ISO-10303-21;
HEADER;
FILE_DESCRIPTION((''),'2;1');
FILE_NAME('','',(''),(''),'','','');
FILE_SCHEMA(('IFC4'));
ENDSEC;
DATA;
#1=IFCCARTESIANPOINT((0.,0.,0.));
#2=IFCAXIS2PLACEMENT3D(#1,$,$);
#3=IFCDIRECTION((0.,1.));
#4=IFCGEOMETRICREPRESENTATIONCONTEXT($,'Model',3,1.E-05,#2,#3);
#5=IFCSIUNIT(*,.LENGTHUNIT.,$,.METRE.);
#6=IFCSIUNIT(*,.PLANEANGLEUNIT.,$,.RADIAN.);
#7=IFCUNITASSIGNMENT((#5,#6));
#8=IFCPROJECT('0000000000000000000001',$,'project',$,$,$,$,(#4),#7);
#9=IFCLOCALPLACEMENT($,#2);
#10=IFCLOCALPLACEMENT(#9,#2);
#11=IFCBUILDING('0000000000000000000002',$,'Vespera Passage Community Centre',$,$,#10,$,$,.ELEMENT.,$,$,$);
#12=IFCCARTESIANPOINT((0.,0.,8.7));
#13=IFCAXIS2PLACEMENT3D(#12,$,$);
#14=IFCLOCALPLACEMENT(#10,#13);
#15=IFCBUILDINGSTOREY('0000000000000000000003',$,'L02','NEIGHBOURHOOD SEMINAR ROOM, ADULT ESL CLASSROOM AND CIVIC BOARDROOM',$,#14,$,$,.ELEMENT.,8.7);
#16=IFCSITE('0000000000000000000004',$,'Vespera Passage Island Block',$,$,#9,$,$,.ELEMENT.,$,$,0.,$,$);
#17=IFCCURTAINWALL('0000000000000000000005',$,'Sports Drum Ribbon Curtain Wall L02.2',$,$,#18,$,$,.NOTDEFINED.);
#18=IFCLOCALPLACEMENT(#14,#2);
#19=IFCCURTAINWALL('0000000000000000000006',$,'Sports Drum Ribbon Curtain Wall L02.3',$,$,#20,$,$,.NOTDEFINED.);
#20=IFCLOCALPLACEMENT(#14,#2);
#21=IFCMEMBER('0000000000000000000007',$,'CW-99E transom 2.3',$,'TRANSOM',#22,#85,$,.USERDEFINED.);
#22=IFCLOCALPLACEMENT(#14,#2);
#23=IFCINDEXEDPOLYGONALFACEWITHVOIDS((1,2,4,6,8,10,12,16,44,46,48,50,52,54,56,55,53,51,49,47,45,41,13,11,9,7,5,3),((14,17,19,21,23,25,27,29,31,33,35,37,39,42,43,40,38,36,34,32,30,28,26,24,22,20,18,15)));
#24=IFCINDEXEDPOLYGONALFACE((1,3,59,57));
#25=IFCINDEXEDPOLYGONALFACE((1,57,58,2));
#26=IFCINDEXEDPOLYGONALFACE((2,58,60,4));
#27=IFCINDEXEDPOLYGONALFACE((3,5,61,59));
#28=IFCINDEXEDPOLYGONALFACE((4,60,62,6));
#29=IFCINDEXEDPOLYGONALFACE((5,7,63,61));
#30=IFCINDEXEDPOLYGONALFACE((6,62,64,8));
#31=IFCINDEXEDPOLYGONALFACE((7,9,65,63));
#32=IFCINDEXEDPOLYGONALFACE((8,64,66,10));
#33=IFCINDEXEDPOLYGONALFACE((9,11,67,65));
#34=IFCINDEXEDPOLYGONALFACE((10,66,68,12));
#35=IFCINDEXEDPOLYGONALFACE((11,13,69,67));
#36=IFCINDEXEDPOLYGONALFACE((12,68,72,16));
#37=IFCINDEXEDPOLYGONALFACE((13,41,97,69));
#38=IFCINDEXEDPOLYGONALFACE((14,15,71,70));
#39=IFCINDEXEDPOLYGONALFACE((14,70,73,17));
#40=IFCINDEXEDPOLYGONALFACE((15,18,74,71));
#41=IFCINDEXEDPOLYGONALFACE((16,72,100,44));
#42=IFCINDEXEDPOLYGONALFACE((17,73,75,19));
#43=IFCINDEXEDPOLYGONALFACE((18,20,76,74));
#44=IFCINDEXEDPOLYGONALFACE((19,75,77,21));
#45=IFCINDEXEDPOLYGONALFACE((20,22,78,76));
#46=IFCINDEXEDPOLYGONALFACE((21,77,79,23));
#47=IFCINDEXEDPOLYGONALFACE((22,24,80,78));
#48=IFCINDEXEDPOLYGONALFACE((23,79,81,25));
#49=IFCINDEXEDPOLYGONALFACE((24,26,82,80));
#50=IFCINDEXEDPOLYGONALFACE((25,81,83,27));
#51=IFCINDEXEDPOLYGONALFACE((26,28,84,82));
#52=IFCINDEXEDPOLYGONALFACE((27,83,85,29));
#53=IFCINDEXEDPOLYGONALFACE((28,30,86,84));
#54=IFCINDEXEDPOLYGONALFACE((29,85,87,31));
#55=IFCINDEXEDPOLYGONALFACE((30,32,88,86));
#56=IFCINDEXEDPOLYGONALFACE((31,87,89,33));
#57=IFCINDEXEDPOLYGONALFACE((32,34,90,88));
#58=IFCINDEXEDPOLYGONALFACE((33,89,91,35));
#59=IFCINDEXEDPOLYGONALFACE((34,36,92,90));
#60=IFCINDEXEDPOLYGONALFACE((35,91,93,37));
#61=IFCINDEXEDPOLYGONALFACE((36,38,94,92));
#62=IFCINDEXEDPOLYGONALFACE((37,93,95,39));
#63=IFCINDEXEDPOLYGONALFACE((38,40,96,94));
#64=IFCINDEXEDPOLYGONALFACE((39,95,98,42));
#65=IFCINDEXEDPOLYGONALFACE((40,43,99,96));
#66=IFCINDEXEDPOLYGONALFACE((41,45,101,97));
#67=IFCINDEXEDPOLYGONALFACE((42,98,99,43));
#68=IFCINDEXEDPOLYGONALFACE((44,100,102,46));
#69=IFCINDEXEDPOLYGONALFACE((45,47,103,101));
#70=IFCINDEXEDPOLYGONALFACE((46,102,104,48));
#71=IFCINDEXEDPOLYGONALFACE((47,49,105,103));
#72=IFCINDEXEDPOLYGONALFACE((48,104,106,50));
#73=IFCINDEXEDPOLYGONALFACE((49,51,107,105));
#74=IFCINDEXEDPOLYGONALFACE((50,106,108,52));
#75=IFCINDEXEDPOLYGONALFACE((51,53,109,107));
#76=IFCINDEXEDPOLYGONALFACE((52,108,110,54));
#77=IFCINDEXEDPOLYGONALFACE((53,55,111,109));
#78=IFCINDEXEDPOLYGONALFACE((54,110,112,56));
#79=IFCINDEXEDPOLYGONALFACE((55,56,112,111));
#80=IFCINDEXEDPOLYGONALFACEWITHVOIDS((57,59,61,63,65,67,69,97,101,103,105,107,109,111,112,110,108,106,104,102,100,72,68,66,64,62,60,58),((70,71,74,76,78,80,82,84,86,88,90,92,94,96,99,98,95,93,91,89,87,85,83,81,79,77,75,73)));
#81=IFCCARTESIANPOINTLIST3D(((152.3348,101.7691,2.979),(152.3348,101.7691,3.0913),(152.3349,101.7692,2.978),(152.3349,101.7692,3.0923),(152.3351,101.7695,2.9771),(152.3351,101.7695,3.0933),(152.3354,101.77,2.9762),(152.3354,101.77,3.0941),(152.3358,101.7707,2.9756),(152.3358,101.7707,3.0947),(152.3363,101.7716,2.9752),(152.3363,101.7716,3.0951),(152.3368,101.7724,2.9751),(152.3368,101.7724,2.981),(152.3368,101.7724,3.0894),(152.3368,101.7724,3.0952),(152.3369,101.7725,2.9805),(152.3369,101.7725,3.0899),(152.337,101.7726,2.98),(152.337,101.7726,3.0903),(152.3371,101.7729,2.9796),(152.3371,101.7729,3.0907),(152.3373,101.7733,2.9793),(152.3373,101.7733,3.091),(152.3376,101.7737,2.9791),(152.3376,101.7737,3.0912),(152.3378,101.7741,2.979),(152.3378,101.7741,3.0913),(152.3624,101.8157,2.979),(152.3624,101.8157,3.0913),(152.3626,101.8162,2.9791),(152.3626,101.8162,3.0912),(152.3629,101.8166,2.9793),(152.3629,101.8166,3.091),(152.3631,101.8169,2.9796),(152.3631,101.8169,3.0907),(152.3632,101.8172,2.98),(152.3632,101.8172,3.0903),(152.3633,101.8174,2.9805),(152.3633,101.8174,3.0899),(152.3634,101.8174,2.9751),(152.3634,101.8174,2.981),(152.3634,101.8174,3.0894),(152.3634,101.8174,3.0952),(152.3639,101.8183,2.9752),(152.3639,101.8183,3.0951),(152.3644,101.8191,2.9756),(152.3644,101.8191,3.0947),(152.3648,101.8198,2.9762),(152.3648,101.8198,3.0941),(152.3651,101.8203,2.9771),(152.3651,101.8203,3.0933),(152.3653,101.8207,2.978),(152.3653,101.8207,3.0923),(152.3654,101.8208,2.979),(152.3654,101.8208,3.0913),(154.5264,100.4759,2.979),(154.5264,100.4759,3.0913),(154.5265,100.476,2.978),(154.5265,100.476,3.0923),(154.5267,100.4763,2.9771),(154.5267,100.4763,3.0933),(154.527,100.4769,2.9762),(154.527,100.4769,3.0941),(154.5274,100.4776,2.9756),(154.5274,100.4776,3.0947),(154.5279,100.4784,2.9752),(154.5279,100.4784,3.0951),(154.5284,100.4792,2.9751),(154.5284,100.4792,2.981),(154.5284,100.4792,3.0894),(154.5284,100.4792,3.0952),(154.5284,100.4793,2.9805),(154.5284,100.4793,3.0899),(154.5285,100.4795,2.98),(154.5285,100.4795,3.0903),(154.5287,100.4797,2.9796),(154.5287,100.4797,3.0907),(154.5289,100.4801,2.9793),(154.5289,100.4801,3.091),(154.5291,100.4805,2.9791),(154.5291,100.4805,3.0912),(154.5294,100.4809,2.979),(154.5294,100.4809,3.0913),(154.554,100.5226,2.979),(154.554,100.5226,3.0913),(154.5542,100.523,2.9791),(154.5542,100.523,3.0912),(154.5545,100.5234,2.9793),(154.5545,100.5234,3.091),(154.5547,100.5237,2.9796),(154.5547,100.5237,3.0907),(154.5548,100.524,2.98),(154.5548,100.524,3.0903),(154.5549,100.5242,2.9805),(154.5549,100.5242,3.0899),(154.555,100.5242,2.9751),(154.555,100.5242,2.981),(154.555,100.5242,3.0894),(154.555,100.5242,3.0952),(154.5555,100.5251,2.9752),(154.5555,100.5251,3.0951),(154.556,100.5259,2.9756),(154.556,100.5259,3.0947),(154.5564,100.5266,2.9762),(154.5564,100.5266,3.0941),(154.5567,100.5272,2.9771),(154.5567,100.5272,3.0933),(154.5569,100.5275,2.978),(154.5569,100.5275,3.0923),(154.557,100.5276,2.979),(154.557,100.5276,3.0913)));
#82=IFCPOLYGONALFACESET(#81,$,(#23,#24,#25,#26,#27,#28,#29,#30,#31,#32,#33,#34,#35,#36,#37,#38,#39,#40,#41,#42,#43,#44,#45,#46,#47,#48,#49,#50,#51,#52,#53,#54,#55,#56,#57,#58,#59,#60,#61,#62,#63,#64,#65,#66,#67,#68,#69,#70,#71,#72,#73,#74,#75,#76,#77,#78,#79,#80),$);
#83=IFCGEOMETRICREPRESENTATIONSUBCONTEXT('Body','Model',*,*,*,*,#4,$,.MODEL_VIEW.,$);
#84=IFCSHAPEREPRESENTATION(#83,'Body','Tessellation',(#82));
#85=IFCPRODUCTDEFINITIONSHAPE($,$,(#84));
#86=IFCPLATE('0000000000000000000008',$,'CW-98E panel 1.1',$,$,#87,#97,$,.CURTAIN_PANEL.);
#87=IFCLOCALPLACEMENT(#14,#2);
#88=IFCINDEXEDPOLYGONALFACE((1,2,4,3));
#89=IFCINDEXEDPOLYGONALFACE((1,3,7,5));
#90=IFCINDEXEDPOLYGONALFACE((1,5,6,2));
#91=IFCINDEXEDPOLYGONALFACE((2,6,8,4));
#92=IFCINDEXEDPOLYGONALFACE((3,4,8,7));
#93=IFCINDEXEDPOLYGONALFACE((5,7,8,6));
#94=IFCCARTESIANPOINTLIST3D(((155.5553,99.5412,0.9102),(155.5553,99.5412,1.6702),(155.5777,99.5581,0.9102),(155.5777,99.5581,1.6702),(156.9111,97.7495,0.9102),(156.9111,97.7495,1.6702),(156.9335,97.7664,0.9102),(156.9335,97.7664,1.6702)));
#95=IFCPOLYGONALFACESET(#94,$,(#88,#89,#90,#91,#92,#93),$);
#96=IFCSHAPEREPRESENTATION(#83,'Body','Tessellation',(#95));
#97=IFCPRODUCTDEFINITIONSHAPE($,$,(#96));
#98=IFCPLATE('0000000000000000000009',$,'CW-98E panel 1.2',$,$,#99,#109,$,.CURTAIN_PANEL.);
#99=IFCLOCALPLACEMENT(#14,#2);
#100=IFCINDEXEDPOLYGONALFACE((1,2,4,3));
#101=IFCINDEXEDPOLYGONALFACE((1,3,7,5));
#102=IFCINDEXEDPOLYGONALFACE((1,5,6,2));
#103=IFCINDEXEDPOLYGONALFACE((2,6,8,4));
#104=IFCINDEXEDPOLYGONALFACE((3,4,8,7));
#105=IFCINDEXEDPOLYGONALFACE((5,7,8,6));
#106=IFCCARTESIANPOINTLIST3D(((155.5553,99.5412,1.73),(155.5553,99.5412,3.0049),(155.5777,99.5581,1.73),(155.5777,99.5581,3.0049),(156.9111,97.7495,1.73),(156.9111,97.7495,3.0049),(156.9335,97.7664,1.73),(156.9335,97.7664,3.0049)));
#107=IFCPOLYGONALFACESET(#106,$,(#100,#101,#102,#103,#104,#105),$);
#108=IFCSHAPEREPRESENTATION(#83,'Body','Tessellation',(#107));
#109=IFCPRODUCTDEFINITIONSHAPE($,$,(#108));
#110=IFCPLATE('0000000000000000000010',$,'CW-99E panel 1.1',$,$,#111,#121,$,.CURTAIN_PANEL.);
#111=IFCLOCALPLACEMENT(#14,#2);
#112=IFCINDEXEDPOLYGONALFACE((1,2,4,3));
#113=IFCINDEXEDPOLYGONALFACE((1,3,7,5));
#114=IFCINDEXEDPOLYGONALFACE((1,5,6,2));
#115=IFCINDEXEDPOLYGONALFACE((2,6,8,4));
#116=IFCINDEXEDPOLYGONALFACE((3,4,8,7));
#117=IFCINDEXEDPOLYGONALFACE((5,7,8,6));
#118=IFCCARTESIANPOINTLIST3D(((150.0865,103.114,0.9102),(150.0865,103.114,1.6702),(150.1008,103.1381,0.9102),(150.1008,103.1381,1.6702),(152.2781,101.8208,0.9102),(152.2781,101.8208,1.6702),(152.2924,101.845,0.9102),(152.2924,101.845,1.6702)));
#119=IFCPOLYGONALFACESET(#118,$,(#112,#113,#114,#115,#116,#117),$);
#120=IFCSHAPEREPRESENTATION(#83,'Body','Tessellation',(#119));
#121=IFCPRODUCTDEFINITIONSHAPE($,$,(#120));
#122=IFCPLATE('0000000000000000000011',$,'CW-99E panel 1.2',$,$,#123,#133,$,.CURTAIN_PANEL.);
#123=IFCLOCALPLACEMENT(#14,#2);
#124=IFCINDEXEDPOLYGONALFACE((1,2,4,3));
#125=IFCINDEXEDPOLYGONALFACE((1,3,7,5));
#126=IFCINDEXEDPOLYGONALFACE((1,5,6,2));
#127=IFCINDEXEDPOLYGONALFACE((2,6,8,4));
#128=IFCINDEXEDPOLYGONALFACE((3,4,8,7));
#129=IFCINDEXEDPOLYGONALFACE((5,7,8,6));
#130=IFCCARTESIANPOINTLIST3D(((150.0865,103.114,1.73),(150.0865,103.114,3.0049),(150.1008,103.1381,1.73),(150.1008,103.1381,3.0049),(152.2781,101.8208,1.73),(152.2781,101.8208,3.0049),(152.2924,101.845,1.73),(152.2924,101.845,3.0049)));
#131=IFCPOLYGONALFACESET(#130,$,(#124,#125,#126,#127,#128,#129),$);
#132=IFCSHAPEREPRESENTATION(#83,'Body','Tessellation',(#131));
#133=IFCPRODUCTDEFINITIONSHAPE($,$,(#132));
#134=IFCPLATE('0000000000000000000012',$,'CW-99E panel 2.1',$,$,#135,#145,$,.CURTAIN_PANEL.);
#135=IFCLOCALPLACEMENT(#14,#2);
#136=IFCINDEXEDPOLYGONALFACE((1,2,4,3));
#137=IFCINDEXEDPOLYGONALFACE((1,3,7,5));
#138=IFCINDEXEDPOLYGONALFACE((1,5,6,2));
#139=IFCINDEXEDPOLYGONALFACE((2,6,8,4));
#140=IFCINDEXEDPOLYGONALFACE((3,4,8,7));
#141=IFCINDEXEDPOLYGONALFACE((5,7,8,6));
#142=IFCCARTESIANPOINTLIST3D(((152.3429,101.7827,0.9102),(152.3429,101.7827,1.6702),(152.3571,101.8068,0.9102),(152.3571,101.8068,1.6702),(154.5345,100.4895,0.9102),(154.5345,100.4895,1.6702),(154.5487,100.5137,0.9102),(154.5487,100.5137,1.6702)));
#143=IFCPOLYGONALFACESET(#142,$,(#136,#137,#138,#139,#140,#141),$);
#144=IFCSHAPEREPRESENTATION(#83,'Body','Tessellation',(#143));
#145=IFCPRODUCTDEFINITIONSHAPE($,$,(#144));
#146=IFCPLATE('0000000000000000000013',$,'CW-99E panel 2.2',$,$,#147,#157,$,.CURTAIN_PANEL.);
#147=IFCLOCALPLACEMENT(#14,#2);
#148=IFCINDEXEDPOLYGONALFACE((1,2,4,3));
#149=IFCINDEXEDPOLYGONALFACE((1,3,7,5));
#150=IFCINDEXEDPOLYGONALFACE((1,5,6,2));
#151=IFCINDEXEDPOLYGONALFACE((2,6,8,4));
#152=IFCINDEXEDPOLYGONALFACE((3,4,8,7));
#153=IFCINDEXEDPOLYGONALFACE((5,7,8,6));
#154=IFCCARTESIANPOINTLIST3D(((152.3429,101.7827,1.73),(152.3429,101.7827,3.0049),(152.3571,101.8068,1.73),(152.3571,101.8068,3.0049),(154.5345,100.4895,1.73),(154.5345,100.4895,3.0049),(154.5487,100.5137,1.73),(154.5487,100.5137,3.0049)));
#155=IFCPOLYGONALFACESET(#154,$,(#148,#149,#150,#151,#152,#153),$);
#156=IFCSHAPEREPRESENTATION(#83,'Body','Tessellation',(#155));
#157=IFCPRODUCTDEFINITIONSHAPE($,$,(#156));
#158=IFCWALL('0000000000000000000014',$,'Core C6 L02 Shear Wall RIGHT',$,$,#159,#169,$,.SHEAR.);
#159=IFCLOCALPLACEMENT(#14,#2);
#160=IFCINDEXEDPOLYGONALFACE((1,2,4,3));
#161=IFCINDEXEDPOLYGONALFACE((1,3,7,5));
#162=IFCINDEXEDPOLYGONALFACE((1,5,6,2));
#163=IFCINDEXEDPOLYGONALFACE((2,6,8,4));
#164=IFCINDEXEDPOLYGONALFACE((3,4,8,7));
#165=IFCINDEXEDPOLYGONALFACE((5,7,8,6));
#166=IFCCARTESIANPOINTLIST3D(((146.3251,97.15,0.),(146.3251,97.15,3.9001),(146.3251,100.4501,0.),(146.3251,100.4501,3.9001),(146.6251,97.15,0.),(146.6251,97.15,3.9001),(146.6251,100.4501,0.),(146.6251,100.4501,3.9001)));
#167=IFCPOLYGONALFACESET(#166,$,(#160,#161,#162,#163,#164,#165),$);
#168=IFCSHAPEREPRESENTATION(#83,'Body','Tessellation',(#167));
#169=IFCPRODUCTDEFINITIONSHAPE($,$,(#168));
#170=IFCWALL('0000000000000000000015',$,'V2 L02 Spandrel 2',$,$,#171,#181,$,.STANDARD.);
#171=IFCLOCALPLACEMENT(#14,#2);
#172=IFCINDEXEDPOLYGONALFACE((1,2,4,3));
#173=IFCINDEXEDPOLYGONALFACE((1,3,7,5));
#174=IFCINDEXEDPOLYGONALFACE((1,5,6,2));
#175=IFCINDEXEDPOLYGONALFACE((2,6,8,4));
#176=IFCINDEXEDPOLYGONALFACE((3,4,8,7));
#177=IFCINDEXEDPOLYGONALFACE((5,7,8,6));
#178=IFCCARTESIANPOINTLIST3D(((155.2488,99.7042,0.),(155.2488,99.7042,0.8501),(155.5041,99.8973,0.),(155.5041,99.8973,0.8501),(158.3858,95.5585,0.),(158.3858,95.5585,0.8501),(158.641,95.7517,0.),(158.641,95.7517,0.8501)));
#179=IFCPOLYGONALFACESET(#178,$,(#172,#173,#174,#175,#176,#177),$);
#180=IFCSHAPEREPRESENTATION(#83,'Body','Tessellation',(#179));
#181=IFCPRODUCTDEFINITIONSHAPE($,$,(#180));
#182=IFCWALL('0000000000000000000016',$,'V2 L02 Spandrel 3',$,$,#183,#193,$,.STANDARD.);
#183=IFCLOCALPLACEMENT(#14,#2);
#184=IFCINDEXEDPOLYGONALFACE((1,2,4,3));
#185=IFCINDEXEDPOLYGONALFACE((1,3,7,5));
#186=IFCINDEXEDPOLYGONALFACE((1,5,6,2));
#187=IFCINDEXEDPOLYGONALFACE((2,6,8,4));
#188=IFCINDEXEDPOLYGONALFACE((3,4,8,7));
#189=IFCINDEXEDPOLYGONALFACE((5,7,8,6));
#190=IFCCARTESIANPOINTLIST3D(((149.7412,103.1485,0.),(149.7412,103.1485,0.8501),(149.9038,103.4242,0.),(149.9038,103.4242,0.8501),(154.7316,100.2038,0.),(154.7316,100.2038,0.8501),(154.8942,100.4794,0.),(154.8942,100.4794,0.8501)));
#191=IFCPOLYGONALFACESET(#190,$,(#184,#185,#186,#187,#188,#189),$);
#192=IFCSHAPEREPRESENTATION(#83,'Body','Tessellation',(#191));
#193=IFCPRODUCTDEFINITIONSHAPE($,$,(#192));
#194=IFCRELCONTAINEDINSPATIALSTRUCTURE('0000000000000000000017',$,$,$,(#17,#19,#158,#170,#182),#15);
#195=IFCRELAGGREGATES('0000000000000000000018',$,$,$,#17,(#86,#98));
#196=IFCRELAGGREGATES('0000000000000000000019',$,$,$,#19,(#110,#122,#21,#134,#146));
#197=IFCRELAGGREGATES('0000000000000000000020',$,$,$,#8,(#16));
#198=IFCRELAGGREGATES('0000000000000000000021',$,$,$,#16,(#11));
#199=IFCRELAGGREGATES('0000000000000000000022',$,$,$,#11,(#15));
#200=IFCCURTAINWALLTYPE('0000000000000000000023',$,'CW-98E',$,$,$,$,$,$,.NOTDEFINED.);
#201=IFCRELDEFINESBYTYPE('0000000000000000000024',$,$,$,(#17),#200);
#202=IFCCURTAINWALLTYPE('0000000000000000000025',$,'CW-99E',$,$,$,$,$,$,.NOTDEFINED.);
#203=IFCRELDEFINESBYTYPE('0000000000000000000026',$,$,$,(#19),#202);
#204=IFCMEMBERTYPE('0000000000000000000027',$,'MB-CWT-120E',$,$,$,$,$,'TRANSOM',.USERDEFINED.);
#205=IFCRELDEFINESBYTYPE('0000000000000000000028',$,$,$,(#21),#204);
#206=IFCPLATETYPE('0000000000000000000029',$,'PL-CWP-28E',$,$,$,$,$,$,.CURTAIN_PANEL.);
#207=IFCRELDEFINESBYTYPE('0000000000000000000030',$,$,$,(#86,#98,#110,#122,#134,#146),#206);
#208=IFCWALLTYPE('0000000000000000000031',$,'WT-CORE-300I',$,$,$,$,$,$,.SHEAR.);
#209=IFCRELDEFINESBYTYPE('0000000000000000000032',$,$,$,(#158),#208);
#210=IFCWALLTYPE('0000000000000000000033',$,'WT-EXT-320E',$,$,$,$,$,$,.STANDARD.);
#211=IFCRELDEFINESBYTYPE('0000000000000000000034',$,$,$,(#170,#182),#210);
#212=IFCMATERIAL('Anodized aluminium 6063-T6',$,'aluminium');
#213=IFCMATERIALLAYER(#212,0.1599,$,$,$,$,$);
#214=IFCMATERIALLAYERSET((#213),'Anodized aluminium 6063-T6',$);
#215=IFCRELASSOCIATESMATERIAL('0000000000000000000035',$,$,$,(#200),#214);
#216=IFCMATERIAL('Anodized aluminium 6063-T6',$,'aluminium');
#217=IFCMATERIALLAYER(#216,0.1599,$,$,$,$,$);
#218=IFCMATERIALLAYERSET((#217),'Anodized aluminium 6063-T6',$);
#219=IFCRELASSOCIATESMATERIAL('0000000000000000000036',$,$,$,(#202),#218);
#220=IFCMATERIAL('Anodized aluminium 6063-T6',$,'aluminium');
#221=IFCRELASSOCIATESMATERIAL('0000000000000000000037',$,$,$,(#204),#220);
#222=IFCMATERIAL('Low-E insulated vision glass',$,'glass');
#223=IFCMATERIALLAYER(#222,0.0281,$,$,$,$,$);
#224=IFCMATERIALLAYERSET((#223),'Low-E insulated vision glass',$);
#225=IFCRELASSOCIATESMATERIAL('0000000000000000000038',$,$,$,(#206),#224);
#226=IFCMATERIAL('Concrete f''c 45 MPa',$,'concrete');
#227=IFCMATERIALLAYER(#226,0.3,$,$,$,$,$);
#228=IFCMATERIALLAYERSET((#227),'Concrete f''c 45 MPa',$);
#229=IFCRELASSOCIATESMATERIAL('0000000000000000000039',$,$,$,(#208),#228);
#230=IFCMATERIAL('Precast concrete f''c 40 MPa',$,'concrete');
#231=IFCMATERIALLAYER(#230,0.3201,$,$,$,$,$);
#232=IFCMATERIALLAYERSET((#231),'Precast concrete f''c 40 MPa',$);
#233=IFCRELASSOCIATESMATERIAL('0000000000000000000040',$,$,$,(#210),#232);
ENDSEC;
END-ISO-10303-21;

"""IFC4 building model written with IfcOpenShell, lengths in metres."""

from ifc_helpers import new_model, si_unit, direction, frame, frame_2d, origin, origin_2d, place, context, subcontext, project, spatial, rectangle, hollow_rectangle, extrude, material, layer, layer_set, material_profile, profile_set, type_object, element, aggregate, save


model = new_model("IFC4")

# Units and contexts
model_context = context("Model", 3, precision=1e-05, world=origin(), true_north=direction((0.0, 1.0)))
body_context = subcontext(model_context, "Body", "Model", "MODEL_VIEW")
ifc_project = project(units=[si_unit("LENGTHUNIT", "METRE"), si_unit("PLANEANGLEUNIT", "RADIAN")], contexts=[model_context])

# Site, building, storey
site_placement = place(None, origin())
site = spatial("IfcSite", under=ifc_project, at=site_placement, Name="Vespera Passage Island Block", CompositionType="ELEMENT", RefElevation=0.0)
building_placement = place(site_placement, origin())
building = spatial("IfcBuilding", under=site, at=building_placement, Name="Vespera Passage Community Centre", CompositionType="ELEMENT")
storey_placement = place(building_placement, frame((0.0, 0.0, 8.7)))
storey = spatial("IfcBuildingStorey", under=building, at=storey_placement, Name="L02", Description="NEIGHBOURHOOD SEMINAR ROOM, ADULT ESL CLASSROOM AND CIVIC BOARDROOM", CompositionType="ELEMENT", Elevation=8.7)

# Curtain walls
ifc_material_1 = material(Name="Anodized aluminium 6063-T6", Category="aluminium")
ifc_layer_1 = layer(ifc_material_1, 0.1599)
ifc_layer_set_1 = layer_set([ifc_layer_1], Name="Anodized aluminium 6063-T6")
curtain_wall_type_1 = type_object("IfcCurtainWallType", Name="CW-98E", PredefinedType="NOTDEFINED", material=ifc_layer_set_1)
curtain_wall_1_placement = place(storey_placement, origin())
curtain_wall_1 = element("IfcCurtainWall", 1, at=curtain_wall_1_placement, inside=storey, type_object=curtain_wall_type_1, Name="Sports Drum Ribbon Curtain Wall L02.2", PredefinedType="NOTDEFINED")
ifc_material_2 = material(Name="Anodized aluminium 6063-T6", Category="aluminium")
ifc_layer_2 = layer(ifc_material_2, 0.1599)
ifc_layer_set_2 = layer_set([ifc_layer_2], Name="Anodized aluminium 6063-T6")
curtain_wall_type_2 = type_object("IfcCurtainWallType", Name="CW-99E", PredefinedType="NOTDEFINED", material=ifc_layer_set_2)
curtain_wall_2_placement = place(storey_placement, origin())
curtain_wall_2 = element("IfcCurtainWall", 2, at=curtain_wall_2_placement, inside=storey, type_object=curtain_wall_type_2, Name="Sports Drum Ribbon Curtain Wall L02.3", PredefinedType="NOTDEFINED")

# Member
ifc_material_3 = material(Name="Anodized aluminium 6063-T6", Category="aluminium")
ifc_material_profile_1 = material_profile(ifc_material_3, hollow_rectangle(XDim=0.0601, YDim=0.1201, WallThickness=0.0039, InnerFilletRadius=0.002, OuterFilletRadius=0.0039, at=origin_2d()), Name="ALU120X60X4")
ifc_profile_set_1 = profile_set([ifc_material_profile_1], Name="Anodized aluminium 6063-T6")
member_type_1 = type_object("IfcMemberType", Name="MB-CWT-120E", ElementType="TRANSOM", PredefinedType="USERDEFINED", material=ifc_profile_set_1)
member_1_placement = place(storey_placement, frame((152.3501, 101.7949, 3.0352), z_axis=(0.861245, -0.508189, 0.0), x_axis=(0.508189, 0.861245, 0.0)))
member_1 = element("IfcMember", 3, at=member_1_placement, type_object=member_type_1, Name="CW-99E transom 2.3", ObjectType="TRANSOM", PredefinedType="USERDEFINED", context=body_context, shape_type="SweptSolid", body=[
    extrude(hollow_rectangle(XDim=0.0601, YDim=0.1201, WallThickness=0.0039, InnerFilletRadius=0.002, OuterFilletRadius=0.0039, at=origin_2d()), origin(), (0.0, 0.0, 1.0), 2.5447),
])

# Plates
ifc_material_4 = material(Name="Low-E insulated vision glass", Category="glass")
ifc_layer_3 = layer(ifc_material_4, 0.0281)
ifc_layer_set_3 = layer_set([ifc_layer_3], Name="Low-E insulated vision glass")
plate_type = type_object("IfcPlateType", Name="PL-CWP-28E", PredefinedType="CURTAIN_PANEL", material=ifc_layer_set_3)
plate_1_placement = place(storey_placement, frame((156.2444, 98.6538, 0.9102), z_axis=(0.0, 0.0, 1.0), x_axis=(0.603406, -0.797434, 0.0)))
plate_1 = element("IfcPlate", 4, at=plate_1_placement, type_object=plate_type, Name="CW-98E panel 1.1", PredefinedType="CURTAIN_PANEL", context=body_context, shape_type="SweptSolid", body=[
    extrude(rectangle(XDim=2.2468, YDim=0.0281, at=origin_2d()), origin(), (0.0, 0.0, 1.0), 0.76),
])
plate_2_placement = place(storey_placement, frame((156.2444, 98.6538, 1.73), z_axis=(0.0, 0.0, 1.0), x_axis=(0.603406, -0.797434, 0.0)))
plate_2 = element("IfcPlate", 5, at=plate_2_placement, type_object=plate_type, Name="CW-98E panel 1.2", PredefinedType="CURTAIN_PANEL", context=body_context, shape_type="SweptSolid", body=[
    extrude(rectangle(XDim=2.2468, YDim=0.0281, at=origin_2d()), origin(), (0.0, 0.0, 1.0), 1.2749),
])
aggregate(curtain_wall_1, [plate_1, plate_2])
plate_3_placement = place(storey_placement, frame((151.1895, 102.4795, 0.9102), z_axis=(0.0, 0.0, 1.0), x_axis=(0.861257, -0.50817, 0.0)))
plate_3 = element("IfcPlate", 6, at=plate_3_placement, type_object=plate_type, Name="CW-99E panel 1.1", PredefinedType="CURTAIN_PANEL", context=body_context, shape_type="SweptSolid", body=[
    extrude(rectangle(XDim=2.5447, YDim=0.0281, at=origin_2d()), origin(), (0.0, 0.0, 1.0), 0.76),
])
plate_4_placement = place(storey_placement, frame((151.1895, 102.4795, 1.73), z_axis=(0.0, 0.0, 1.0), x_axis=(0.861257, -0.50817, 0.0)))
plate_4 = element("IfcPlate", 7, at=plate_4_placement, type_object=plate_type, Name="CW-99E panel 1.2", PredefinedType="CURTAIN_PANEL", context=body_context, shape_type="SweptSolid", body=[
    extrude(rectangle(XDim=2.5447, YDim=0.0281, at=origin_2d()), origin(), (0.0, 0.0, 1.0), 1.2749),
])
plate_5_placement = place(storey_placement, frame((153.4458, 101.1482, 0.9102), z_axis=(0.0, 0.0, 1.0), x_axis=(0.861257, -0.50817, 0.0)))
plate_5 = element("IfcPlate", 8, at=plate_5_placement, type_object=plate_type, Name="CW-99E panel 2.1", PredefinedType="CURTAIN_PANEL", context=body_context, shape_type="SweptSolid", body=[
    extrude(rectangle(XDim=2.5447, YDim=0.0281, at=origin_2d()), origin(), (0.0, 0.0, 1.0), 0.76),
])
plate_6_placement = place(storey_placement, frame((153.4458, 101.1482, 1.73), z_axis=(0.0, 0.0, 1.0), x_axis=(0.861257, -0.50817, 0.0)))
plate_6 = element("IfcPlate", 9, at=plate_6_placement, type_object=plate_type, Name="CW-99E panel 2.2", PredefinedType="CURTAIN_PANEL", context=body_context, shape_type="SweptSolid", body=[
    extrude(rectangle(XDim=2.5447, YDim=0.0281, at=origin_2d()), origin(), (0.0, 0.0, 1.0), 1.2749),
])
aggregate(curtain_wall_2, [plate_3, plate_4, member_1, plate_5, plate_6])

# Walls
ifc_material_5 = material(Name="Concrete f'c 45 MPa", Category="concrete")
ifc_layer_4 = layer(ifc_material_5, 0.3)
ifc_layer_set_4 = layer_set([ifc_layer_4], Name="Concrete f'c 45 MPa")
wall_type_1 = type_object("IfcWallType", Name="WT-CORE-300I", PredefinedType="SHEAR", material=ifc_layer_set_4)
wall_1_placement = place(storey_placement, frame((146.4751, 100.45, 0.0), z_axis=(0.0, 0.0, 1.0), x_axis=(0.0, -1.0, 0.0)))
element("IfcWall", 10, at=wall_1_placement, inside=storey, type_object=wall_type_1, Name="Core C6 L02 Shear Wall RIGHT", PredefinedType="SHEAR", context=body_context, shape_type="SweptSolid", body=[
    extrude(rectangle(XDim=3.3, YDim=0.3, at=frame_2d((1.6499, 0.0))), origin(), (0.0, 0.0, 1.0), 3.9001),
])
ifc_material_6 = material(Name="Precast concrete f'c 40 MPa", Category="concrete")
ifc_layer_5 = layer(ifc_material_6, 0.3201)
ifc_layer_set_5 = layer_set([ifc_layer_5], Name="Precast concrete f'c 40 MPa")
wall_type_2 = type_object("IfcWallType", Name="WT-EXT-320E", PredefinedType="STANDARD", material=ifc_layer_set_5)
wall_2_placement = place(storey_placement, frame((155.3765, 99.8008, 0.0), z_axis=(0.0, 0.0, 1.0), x_axis=(0.603398, -0.79744, 0.0)))
element("IfcWall", 11, at=wall_2_placement, inside=storey, type_object=wall_type_2, Name="V2 L02 Spandrel 2", PredefinedType="STANDARD", context=body_context, shape_type="SweptSolid", body=[
    extrude(rectangle(XDim=5.1987, YDim=0.3201, at=frame_2d((2.5994, 0.0))), origin(), (0.0, 0.0, 1.0), 0.8501),
])
wall_3_placement = place(storey_placement, frame((149.8225, 103.2864, 0.0), z_axis=(0.0, 0.0, 1.0), x_axis=(0.861236, -0.508205, 0.0)))
element("IfcWall", 12, at=wall_3_placement, inside=storey, type_object=wall_type_2, Name="V2 L02 Spandrel 3", PredefinedType="STANDARD", context=body_context, shape_type="SweptSolid", body=[
    extrude(rectangle(XDim=5.7944, YDim=0.3201, at=frame_2d((2.8972, 0.0))), origin(), (0.0, 0.0, 1.0), 0.8501),
])

save(model, "model.ifc")
